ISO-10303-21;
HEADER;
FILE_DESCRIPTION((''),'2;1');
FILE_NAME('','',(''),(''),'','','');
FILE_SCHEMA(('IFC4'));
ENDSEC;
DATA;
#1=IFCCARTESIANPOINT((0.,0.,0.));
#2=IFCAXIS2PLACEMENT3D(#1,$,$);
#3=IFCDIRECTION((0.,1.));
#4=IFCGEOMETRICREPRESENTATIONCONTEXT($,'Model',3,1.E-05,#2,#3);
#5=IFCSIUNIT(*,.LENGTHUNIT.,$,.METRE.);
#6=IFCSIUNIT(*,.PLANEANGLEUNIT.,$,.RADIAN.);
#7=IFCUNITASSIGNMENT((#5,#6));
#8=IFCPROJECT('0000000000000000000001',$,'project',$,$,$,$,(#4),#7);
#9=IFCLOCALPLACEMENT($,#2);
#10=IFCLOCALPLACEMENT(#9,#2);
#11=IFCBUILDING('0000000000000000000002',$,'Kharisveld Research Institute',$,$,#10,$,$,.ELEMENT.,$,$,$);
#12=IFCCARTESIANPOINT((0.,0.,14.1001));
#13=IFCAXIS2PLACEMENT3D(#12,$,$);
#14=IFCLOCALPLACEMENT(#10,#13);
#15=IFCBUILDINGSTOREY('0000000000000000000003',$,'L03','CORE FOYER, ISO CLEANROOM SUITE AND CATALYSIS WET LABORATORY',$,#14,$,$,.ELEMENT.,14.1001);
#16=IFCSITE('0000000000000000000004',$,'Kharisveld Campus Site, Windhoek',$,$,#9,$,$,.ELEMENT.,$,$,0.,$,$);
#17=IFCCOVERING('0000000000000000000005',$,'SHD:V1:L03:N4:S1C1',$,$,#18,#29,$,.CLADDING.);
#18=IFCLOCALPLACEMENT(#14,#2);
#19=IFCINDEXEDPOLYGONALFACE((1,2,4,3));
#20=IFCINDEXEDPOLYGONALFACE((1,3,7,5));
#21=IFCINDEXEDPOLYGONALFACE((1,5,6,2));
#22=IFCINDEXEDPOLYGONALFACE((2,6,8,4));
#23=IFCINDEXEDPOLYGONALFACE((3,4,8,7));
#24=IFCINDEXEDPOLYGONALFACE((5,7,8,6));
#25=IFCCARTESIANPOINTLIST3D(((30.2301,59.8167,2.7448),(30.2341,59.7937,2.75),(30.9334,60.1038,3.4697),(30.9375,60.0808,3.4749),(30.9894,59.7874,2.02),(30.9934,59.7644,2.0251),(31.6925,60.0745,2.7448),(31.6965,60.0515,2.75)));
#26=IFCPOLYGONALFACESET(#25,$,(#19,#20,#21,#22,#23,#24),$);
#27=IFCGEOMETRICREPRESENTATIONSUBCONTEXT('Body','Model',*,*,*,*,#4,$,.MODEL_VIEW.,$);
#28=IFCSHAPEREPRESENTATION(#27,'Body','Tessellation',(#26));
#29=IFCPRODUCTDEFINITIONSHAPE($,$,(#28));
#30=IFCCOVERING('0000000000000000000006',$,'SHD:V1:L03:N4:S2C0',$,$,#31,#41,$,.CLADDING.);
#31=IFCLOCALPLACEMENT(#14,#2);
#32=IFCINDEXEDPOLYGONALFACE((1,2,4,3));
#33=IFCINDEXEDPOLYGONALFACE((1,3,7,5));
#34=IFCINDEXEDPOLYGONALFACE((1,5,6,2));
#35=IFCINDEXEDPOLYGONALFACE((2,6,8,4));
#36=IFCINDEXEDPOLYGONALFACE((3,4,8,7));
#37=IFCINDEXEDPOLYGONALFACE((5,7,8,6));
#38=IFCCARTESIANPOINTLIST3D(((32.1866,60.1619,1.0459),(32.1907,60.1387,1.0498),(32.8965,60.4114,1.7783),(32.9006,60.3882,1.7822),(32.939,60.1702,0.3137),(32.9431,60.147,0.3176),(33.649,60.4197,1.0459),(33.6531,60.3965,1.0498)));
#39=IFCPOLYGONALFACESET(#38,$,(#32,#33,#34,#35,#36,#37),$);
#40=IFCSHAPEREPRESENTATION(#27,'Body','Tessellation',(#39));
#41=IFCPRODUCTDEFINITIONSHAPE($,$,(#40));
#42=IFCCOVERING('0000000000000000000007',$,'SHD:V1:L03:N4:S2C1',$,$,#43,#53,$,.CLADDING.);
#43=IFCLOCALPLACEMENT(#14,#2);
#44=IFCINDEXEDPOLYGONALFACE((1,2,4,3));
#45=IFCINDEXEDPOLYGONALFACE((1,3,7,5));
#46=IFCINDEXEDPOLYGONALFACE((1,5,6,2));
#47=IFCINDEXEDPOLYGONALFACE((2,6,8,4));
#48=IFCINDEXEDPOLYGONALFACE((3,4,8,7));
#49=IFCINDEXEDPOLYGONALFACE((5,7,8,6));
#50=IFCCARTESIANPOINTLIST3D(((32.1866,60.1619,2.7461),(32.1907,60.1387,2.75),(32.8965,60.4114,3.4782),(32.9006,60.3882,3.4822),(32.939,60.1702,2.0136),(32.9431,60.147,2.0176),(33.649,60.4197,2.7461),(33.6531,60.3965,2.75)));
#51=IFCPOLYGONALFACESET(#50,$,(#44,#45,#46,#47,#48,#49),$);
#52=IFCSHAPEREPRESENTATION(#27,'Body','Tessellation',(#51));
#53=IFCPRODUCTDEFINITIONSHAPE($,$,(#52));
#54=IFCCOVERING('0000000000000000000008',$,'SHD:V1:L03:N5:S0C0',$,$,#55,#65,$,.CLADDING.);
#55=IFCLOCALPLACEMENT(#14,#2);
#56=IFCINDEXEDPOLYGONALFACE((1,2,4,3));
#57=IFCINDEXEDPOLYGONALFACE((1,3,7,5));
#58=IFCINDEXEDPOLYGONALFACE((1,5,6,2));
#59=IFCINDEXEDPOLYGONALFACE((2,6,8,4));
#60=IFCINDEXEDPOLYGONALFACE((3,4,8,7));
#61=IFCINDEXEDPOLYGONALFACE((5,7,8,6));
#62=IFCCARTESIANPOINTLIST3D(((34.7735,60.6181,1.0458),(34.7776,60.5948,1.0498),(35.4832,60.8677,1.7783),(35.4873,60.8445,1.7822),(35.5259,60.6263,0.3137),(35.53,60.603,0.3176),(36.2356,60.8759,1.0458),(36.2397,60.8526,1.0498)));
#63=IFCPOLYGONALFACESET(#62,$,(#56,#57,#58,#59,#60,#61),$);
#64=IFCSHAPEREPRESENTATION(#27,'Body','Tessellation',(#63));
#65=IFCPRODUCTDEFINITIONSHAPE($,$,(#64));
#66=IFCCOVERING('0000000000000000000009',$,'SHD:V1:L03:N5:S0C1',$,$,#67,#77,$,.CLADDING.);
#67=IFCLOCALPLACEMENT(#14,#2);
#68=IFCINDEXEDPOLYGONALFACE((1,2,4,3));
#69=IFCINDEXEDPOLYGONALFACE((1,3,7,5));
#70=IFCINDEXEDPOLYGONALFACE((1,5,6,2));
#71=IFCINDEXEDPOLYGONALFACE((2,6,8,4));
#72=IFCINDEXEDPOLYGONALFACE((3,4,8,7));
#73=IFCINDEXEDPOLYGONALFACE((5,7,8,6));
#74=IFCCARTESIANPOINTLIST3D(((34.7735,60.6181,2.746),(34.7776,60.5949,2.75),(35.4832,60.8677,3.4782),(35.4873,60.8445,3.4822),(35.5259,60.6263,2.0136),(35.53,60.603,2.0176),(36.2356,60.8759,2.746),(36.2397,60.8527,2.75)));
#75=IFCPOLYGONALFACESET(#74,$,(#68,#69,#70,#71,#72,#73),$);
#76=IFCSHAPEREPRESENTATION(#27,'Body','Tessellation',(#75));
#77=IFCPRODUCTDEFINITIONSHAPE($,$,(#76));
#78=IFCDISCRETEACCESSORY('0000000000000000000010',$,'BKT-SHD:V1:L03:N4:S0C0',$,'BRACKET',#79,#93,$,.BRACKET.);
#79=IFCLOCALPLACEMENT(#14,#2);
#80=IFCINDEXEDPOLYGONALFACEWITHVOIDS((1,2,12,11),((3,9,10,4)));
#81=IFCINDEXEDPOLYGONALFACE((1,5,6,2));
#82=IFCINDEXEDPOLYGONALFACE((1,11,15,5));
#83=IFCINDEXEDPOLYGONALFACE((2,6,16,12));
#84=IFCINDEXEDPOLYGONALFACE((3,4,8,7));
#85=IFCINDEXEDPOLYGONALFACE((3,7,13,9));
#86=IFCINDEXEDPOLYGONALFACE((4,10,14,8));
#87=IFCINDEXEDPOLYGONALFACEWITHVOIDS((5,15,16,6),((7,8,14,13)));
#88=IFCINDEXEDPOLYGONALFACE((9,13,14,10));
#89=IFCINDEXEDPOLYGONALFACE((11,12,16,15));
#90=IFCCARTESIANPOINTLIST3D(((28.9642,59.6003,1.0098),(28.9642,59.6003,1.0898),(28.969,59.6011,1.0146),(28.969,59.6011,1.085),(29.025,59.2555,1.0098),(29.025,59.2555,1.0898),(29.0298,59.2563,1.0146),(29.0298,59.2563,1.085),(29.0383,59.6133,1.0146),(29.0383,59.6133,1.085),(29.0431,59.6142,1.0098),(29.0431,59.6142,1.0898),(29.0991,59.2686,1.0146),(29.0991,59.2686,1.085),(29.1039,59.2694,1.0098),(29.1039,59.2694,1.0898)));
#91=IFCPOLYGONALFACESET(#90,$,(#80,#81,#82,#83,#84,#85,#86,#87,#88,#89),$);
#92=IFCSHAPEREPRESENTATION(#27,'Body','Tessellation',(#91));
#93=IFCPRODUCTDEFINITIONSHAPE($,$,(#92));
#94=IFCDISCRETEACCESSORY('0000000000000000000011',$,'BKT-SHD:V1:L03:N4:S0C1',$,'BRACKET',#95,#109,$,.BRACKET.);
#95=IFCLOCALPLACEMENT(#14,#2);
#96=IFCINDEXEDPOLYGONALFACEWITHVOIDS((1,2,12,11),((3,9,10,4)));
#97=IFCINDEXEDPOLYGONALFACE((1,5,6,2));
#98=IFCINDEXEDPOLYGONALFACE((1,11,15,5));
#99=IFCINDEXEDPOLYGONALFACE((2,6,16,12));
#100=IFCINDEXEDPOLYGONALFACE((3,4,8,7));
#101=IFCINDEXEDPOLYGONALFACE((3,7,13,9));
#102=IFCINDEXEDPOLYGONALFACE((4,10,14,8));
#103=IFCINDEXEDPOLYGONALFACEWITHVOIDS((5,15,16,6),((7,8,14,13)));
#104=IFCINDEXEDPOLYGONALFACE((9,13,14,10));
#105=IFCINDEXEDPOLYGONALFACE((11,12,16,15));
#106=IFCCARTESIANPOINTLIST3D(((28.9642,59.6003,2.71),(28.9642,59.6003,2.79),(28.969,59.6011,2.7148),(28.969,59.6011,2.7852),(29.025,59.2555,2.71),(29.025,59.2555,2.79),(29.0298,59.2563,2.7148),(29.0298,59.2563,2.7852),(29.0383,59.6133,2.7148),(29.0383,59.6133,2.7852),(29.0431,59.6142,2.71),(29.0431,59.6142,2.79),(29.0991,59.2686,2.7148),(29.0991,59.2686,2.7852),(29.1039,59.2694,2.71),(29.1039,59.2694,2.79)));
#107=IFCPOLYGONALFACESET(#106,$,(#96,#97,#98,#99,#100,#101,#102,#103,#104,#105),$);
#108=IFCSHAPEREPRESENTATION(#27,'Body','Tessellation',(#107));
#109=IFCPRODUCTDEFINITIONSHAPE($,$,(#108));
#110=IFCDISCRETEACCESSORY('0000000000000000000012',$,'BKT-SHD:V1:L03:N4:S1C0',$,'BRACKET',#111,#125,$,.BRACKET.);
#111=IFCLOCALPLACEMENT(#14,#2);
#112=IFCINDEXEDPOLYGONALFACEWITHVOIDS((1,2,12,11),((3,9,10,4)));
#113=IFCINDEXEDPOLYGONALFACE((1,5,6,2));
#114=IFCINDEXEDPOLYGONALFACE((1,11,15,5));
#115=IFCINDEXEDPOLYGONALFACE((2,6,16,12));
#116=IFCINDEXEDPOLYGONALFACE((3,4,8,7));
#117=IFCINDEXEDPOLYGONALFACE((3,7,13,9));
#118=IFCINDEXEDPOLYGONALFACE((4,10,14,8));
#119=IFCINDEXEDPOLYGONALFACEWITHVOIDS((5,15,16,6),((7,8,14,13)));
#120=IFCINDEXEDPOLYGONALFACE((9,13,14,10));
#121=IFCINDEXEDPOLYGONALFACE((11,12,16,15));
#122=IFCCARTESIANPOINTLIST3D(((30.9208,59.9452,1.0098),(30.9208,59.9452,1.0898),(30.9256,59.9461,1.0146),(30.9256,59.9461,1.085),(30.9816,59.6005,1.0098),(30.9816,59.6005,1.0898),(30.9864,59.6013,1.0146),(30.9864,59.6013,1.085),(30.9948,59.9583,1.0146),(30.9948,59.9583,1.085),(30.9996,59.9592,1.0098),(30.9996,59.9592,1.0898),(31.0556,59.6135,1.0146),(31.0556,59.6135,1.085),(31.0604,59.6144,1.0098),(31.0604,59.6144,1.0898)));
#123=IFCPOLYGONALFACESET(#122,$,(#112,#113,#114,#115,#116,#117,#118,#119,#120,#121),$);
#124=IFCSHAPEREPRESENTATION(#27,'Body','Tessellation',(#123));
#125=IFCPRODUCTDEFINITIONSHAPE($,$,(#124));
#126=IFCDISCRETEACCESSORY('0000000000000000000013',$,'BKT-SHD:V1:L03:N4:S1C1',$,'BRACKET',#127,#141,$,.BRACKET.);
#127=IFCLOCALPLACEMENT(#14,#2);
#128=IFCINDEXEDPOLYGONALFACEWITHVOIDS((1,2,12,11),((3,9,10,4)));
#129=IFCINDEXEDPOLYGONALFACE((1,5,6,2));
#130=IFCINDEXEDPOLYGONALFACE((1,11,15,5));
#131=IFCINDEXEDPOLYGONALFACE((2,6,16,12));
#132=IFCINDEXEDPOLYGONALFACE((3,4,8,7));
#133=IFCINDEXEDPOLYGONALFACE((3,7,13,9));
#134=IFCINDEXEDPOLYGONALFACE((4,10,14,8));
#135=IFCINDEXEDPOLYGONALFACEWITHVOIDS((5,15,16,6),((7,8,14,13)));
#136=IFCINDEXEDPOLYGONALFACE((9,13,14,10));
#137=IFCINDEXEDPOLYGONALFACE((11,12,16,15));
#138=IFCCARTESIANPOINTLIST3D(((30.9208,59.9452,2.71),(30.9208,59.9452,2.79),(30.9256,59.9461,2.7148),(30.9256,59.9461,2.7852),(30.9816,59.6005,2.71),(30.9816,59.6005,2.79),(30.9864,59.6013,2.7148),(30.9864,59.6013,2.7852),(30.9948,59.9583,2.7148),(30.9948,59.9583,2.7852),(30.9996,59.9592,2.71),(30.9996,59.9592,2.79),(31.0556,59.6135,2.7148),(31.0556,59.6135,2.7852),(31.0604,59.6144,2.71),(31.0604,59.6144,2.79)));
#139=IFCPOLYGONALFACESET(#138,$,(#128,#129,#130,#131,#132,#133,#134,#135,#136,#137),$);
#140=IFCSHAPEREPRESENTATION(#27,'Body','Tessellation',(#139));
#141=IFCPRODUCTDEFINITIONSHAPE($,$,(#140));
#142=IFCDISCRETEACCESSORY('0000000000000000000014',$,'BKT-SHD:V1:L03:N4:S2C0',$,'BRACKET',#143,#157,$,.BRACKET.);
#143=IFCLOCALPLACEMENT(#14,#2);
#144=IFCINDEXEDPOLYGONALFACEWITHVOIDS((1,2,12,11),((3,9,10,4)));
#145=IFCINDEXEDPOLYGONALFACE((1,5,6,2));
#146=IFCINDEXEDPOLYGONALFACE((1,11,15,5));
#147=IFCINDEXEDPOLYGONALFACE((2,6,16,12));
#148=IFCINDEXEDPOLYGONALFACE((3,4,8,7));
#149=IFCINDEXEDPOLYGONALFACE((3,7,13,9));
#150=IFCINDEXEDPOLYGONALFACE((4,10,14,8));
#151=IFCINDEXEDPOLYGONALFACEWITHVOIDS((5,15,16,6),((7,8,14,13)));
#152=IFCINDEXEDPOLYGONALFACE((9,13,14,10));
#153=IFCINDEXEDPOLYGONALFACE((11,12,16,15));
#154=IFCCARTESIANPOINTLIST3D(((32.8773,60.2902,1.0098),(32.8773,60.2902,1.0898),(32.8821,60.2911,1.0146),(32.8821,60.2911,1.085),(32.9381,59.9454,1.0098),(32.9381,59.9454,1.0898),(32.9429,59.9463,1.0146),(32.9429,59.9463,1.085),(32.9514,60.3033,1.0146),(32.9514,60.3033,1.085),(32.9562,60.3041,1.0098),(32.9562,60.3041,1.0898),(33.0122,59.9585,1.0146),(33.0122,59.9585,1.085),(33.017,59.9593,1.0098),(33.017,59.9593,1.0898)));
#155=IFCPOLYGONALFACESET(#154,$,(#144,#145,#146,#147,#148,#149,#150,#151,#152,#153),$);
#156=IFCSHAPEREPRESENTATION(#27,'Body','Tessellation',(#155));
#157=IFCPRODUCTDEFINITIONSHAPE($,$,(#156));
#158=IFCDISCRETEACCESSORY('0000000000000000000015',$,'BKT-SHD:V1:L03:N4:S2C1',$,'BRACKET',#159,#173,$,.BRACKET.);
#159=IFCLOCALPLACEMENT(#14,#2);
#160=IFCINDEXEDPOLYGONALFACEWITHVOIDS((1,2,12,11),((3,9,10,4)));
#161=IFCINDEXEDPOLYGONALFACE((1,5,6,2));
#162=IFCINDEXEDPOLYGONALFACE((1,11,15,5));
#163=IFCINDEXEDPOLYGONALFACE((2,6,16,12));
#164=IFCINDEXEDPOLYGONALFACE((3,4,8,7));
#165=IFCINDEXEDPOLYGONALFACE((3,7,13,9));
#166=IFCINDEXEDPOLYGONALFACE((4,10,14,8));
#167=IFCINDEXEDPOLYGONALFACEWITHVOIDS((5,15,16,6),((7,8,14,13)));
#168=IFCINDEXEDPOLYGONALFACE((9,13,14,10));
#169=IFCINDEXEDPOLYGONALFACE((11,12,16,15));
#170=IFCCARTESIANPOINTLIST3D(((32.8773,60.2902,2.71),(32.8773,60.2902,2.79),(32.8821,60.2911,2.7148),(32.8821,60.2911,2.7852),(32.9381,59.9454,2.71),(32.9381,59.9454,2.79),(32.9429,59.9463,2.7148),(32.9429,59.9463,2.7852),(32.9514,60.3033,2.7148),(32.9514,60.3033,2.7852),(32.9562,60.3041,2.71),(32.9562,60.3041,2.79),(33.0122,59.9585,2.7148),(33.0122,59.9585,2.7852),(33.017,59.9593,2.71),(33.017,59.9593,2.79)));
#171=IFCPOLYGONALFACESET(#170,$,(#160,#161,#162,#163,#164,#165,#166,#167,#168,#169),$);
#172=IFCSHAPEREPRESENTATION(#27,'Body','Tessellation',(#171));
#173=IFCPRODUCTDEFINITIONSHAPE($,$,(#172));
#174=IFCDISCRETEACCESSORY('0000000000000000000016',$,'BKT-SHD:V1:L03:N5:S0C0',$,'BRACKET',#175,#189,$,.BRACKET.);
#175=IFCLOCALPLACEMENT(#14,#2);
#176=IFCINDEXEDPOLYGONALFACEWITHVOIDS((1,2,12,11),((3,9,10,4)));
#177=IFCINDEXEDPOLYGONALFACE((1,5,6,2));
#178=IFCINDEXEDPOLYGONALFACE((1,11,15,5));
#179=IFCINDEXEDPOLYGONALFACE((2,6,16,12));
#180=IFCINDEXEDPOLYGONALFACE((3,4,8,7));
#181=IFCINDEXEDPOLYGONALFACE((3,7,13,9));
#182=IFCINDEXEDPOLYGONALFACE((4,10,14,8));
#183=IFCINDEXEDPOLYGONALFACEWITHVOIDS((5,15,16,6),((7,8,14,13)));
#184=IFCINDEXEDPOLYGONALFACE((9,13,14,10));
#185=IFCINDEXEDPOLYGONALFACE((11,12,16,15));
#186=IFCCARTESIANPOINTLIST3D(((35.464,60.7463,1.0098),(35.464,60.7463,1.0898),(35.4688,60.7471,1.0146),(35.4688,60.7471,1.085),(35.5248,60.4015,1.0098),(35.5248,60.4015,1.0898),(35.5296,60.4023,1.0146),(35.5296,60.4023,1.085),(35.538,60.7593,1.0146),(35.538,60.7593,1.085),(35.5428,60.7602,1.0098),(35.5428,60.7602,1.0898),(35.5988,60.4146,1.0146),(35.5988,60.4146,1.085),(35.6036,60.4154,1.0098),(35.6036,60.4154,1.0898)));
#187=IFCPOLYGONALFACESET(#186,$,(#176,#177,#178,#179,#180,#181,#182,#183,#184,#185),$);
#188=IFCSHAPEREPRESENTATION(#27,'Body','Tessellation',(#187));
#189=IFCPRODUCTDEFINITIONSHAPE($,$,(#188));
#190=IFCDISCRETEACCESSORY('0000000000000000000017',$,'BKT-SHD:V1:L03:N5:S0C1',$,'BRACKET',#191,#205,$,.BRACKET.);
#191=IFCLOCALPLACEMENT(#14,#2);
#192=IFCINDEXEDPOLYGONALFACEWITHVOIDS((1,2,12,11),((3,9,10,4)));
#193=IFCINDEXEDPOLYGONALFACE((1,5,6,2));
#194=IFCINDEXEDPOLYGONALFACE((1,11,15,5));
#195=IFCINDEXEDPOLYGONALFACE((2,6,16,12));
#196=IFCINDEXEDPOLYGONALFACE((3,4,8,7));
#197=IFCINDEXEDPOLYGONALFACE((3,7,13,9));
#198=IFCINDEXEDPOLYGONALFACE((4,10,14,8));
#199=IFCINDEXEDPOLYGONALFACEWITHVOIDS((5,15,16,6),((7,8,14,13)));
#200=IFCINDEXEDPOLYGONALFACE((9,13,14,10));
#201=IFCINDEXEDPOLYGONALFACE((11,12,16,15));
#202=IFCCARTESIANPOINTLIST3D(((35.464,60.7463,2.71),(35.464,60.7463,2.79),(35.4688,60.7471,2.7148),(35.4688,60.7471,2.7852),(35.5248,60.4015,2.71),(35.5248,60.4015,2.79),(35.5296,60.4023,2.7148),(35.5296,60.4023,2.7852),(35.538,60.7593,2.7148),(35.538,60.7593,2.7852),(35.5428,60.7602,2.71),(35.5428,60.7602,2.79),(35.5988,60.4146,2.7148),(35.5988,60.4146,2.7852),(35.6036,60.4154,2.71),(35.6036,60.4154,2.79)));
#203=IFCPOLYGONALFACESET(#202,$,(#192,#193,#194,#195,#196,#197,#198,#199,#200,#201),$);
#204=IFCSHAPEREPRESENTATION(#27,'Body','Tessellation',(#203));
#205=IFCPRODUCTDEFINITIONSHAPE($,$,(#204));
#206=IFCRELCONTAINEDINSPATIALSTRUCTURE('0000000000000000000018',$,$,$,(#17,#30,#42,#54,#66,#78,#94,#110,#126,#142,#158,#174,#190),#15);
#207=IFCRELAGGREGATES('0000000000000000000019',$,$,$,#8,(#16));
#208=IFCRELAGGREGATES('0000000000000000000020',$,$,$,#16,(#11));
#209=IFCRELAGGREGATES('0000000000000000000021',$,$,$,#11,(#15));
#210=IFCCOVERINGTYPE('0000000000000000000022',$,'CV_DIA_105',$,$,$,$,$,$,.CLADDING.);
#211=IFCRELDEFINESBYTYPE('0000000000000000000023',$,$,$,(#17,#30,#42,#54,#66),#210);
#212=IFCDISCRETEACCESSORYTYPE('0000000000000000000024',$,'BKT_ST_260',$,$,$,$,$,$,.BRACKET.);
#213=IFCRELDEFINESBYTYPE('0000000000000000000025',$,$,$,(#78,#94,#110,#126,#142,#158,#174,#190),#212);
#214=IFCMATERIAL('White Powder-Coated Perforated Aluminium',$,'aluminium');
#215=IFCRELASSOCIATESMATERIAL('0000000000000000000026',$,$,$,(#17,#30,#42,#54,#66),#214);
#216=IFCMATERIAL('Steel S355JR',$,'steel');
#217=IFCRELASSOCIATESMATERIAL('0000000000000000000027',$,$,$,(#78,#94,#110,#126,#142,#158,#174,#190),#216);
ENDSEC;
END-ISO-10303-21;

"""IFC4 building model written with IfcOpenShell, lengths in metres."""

from ifc_helpers import new_model, si_unit, direction, frame, origin, origin_2d, place, context, subcontext, project, spatial, polyline, hollow_rectangle, outline, extrude, material, type_object, element, save


model = new_model("IFC4")

# Units and contexts
model_context = context("Model", 3, precision=1e-05, world=origin(), true_north=direction((0.0, 1.0)))
body_context = subcontext(model_context, "Body", "Model", "MODEL_VIEW")
ifc_project = project(units=[si_unit("LENGTHUNIT", "METRE"), si_unit("PLANEANGLEUNIT", "RADIAN")], contexts=[model_context])

# Site, building, storey
site_placement = place(None, origin())
site = spatial("IfcSite", under=ifc_project, at=site_placement, Name="Kharisveld Campus Site, Windhoek", CompositionType="ELEMENT", RefElevation=0.0)
building_placement = place(site_placement, origin())
building = spatial("IfcBuilding", under=site, at=building_placement, Name="Kharisveld Research Institute", CompositionType="ELEMENT")
storey_placement = place(building_placement, frame((0.0, 0.0, 14.1001)))
storey = spatial("IfcBuildingStorey", under=building, at=storey_placement, Name="L03", Description="CORE FOYER, ISO CLEANROOM SUITE AND CATALYSIS WET LABORATORY", CompositionType="ELEMENT", Elevation=14.1001)

# Coverings
ifc_material_1 = material(Name="White Powder-Coated Perforated Aluminium", Category="aluminium")
covering_type = type_object("IfcCoveringType", Name="CV_DIA_105", PredefinedType="CLADDING")
for number, where, z_axis, x_axis, name in (
    (1, (30.9934, 59.7644, 2.0251), (0.169503, -0.961481, 0.216385), (0.669728, 0.273452, 0.690426), "SHD:V1:L03:N4:S1C1"),
):
    element("IfcCovering", number, at=place(storey_placement, frame(where, z_axis=z_axis, x_axis=x_axis)), inside=storey, type_object=covering_type, material=ifc_material_1, Name=name, PredefinedType="CLADDING", context=body_context, shape_type="SweptSolid", body=[
        extrude(outline(polyline([(0.0, 0.0), (1.0499, 0.0), (1.05, 1.05), (0.0, 1.0501), (0.0, 0.0)])), origin(), (0.0, 0.0, -1.0), 0.0239),
    ])
covering_1_placement = place(storey_placement, frame((32.9431, 60.147, 0.3176), z_axis=(0.171239, -0.971325, 0.164938), x_axis=(0.676192, 0.237624, 0.697352)))
element("IfcCovering", 2, at=covering_1_placement, inside=storey, type_object=covering_type, material=ifc_material_1, Name="SHD:V1:L03:N4:S2C0", PredefinedType="CLADDING", context=body_context, shape_type="SweptSolid", body=[
    extrude(outline(polyline([(0.0, 0.0), (1.0499, 0.0), (1.0499, 1.0501), (-0.0002, 1.0499), (0.0, 0.0)])), origin(), (0.0, 0.0, -1.0), 0.0239),
])
covering_2_placement = place(storey_placement, frame((32.9431, 60.147, 2.0176), z_axis=(0.171239, -0.971325, 0.164938), x_axis=(0.676076, 0.237623, 0.697465)))
element("IfcCovering", 3, at=covering_2_placement, inside=storey, type_object=covering_type, material=ifc_material_1, Name="SHD:V1:L03:N4:S2C1", PredefinedType="CLADDING", context=body_context, shape_type="SweptSolid", body=[
    extrude(outline(polyline([(0.0, 0.0), (1.0501, 0.0), (1.0501, 1.0499), (0.0002, 1.0501), (0.0, 0.0)])), origin(), (0.0, 0.0, -1.0), 0.0239),
])
covering_3_placement = place(storey_placement, frame((35.53, 60.603, 0.3176), z_axis=(0.171261, -0.97129, 0.165124), x_axis=(0.676046, 0.237771, 0.697443)))
element("IfcCovering", 4, at=covering_3_placement, inside=storey, type_object=covering_type, material=ifc_material_1, Name="SHD:V1:L03:N5:S0C0", PredefinedType="CLADDING", context=body_context, shape_type="SweptSolid", body=[
    extrude(outline(polyline([(0.0, 0.0), (1.0498, 0.0), (1.05, 1.0501), (0.0, 1.0499), (0.0, 0.0)])), origin(), (0.0, 0.0, -1.0), 0.0239),
])
covering_4_placement = place(storey_placement, frame((35.53, 60.603, 2.0176), z_axis=(0.171261, -0.97129, 0.165124), x_axis=(0.67593, 0.23777, 0.697556)))
element("IfcCovering", 5, at=covering_4_placement, inside=storey, type_object=covering_type, material=ifc_material_1, Name="SHD:V1:L03:N5:S0C1", PredefinedType="CLADDING", context=body_context, shape_type="SweptSolid", body=[
    extrude(outline(polyline([(0.0, 0.0), (1.05, 0.0), (1.0502, 1.0499), (0.0003, 1.0501), (0.0, 0.0)])), origin(), (0.0, 0.0, -1.0), 0.0239),
])

# Discrete accessories
ifc_material_2 = material(Name="Steel S355JR", Category="steel")
discrete_accessory_type = type_object("IfcDiscreteAccessoryType", Name="BKT_ST_260", PredefinedType="BRACKET")
for number, where, z_axis, x_axis, name in (
    (6, (29.0645, 59.2625, 1.0498), (-0.173666, 0.984805, 0.0), (-0.984805, -0.173666, 0.0), "BKT-SHD:V1:L03:N4:S0C0"),
    (7, (29.0645, 59.2625, 2.75), (-0.173666, 0.984805, 0.0), (-0.984805, -0.173666, 0.0), "BKT-SHD:V1:L03:N4:S0C1"),
    (8, (31.021, 59.6074, 1.0498), (-0.173666, 0.984805, 0.0), (-0.984805, -0.173666, 0.0), "BKT-SHD:V1:L03:N4:S1C0"),
    (9, (31.021, 59.6074, 2.75), (-0.173666, 0.984805, 0.0), (-0.984805, -0.173666, 0.0), "BKT-SHD:V1:L03:N4:S1C1"),
    (10, (32.9775, 59.9524, 1.0498), (-0.173666, 0.984805, 0.0), (-0.984805, -0.173666, 0.0), "BKT-SHD:V1:L03:N4:S2C0"),
    (11, (32.9775, 59.9524, 2.75), (-0.173666, 0.984805, 0.0), (-0.984805, -0.173666, 0.0), "BKT-SHD:V1:L03:N4:S2C1"),
    (12, (35.5642, 60.4084, 1.0498), (-0.173666, 0.984805, 0.0), (-0.984805, -0.173666, 0.0), "BKT-SHD:V1:L03:N5:S0C0"),
    (13, (35.5642, 60.4084, 2.75), (-0.173666, 0.984805, 0.0), (-0.984805, -0.173666, 0.0), "BKT-SHD:V1:L03:N5:S0C1"),
):
    element("IfcDiscreteAccessory", number, at=place(storey_placement, frame(where, z_axis=z_axis, x_axis=x_axis)), inside=storey, type_object=discrete_accessory_type, material=ifc_material_2, Name=name, ObjectType="BRACKET", PredefinedType="BRACKET", context=body_context, shape_type="SweptSolid", body=[
        extrude(hollow_rectangle(XDim=0.0801, YDim=0.0801, WallThickness=0.0049, at=origin_2d()), origin(), (0.0, 0.0, 1.0), 0.3501),
    ])

save(model, "model.ifc")
